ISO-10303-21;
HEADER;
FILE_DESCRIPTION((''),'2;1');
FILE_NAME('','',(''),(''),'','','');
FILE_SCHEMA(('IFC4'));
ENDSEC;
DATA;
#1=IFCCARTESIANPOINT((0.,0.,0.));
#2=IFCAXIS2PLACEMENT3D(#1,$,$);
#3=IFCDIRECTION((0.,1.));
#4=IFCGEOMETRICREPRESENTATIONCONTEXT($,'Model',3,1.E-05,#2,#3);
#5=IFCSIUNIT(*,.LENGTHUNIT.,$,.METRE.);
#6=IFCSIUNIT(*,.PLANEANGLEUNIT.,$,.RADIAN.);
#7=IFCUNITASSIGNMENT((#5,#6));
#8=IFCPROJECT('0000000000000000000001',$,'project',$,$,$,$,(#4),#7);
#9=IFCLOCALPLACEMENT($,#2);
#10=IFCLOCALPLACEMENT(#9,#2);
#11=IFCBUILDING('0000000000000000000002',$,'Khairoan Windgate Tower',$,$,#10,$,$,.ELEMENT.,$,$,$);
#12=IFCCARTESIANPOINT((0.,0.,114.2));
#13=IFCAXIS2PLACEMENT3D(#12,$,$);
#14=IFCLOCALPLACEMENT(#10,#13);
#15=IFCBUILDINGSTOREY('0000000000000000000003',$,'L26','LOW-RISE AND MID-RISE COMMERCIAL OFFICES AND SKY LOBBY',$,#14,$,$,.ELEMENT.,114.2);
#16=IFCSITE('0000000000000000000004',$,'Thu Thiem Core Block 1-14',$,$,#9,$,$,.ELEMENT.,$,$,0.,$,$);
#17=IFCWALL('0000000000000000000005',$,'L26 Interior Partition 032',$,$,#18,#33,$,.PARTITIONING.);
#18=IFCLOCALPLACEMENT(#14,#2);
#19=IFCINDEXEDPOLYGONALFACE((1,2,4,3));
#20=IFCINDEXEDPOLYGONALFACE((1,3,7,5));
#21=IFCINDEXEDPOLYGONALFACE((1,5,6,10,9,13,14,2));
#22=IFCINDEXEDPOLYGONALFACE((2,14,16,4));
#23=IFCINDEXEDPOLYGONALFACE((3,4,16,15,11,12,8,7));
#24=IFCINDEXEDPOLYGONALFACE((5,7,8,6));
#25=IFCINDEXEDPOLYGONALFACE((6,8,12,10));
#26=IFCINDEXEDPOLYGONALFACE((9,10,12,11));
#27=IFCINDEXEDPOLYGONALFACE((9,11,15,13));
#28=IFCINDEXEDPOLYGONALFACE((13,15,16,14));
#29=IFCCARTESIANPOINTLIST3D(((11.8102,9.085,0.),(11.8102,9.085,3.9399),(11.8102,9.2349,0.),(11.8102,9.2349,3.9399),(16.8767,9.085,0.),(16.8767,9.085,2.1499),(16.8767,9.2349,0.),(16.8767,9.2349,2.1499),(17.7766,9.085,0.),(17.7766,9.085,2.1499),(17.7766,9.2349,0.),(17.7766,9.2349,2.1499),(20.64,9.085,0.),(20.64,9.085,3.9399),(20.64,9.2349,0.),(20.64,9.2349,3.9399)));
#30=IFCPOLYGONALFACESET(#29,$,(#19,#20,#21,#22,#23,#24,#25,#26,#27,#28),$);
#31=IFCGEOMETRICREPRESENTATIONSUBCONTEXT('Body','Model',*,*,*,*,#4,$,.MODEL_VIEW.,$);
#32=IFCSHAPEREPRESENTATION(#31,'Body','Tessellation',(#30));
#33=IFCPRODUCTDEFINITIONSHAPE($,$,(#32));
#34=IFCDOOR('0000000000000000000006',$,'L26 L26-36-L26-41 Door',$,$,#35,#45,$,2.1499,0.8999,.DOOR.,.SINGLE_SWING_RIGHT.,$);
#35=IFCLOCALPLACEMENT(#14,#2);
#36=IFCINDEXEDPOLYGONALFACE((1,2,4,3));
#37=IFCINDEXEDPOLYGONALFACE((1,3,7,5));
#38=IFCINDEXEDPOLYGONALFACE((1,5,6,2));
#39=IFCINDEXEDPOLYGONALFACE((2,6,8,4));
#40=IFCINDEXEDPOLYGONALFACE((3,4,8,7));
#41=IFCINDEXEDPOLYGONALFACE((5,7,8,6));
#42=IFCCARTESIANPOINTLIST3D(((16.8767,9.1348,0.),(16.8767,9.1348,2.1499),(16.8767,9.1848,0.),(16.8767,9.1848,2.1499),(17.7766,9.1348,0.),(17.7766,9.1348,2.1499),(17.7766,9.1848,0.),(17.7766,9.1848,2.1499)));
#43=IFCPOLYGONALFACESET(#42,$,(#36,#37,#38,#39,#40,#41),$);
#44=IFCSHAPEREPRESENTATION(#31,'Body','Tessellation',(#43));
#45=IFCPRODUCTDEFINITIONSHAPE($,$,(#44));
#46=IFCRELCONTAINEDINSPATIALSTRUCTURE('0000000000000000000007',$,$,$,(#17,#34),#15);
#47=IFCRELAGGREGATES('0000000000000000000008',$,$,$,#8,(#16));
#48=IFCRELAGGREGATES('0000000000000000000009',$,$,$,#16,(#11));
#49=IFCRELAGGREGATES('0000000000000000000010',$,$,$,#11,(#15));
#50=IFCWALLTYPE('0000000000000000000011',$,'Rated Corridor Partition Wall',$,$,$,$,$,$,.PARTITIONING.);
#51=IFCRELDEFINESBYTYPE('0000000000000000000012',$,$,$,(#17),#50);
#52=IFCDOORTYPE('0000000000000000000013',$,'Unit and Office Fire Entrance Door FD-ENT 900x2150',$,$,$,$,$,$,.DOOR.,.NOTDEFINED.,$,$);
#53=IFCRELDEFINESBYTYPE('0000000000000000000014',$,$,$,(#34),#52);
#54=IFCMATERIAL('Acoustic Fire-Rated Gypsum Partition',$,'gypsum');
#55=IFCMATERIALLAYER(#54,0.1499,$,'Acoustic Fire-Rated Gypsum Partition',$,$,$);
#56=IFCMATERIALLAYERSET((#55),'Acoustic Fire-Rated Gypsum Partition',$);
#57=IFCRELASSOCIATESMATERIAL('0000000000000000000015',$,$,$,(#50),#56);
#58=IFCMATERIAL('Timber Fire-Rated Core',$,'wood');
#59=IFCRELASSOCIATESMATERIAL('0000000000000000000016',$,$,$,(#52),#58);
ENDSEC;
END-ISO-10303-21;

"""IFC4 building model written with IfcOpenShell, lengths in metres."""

from ifc_helpers import new_model, si_unit, direction, frame, frame_2d, origin, place, context, subcontext, project, spatial, rectangle, extrude, material, layer, layer_set, type_object, element, fill, save


model = new_model("IFC4")

# Units and contexts
model_context = context("Model", 3, precision=1e-05, world=origin(), true_north=direction((0.0, 1.0)))
body_context = subcontext(model_context, "Body", "Model", "MODEL_VIEW")
ifc_project = project(units=[si_unit("LENGTHUNIT", "METRE"), si_unit("PLANEANGLEUNIT", "RADIAN")], contexts=[model_context])

# Site, building, storey
site_placement = place(None, origin())
site = spatial("IfcSite", under=ifc_project, at=site_placement, Name="Thu Thiem Core Block 1-14", CompositionType="ELEMENT", RefElevation=0.0)
building_placement = place(site_placement, origin())
building = spatial("IfcBuilding", under=site, at=building_placement, Name="Khairoan Windgate Tower", CompositionType="ELEMENT")
storey_placement = place(building_placement, frame((0.0, 0.0, 114.2)))
storey = spatial("IfcBuildingStorey", under=building, at=storey_placement, Name="L26", Description="LOW-RISE AND MID-RISE COMMERCIAL OFFICES AND SKY LOBBY", CompositionType="ELEMENT", Elevation=114.2)

# Wall, opening, door
ifc_material_1 = material(Name="Acoustic Fire-Rated Gypsum Partition", Category="gypsum")
ifc_layer_1 = layer(ifc_material_1, 0.1499, Name="Acoustic Fire-Rated Gypsum Partition")
ifc_layer_set_1 = layer_set([ifc_layer_1], Name="Acoustic Fire-Rated Gypsum Partition")
wall_type_1 = type_object("IfcWallType", Name="Rated Corridor Partition Wall", PredefinedType="PARTITIONING", material=ifc_layer_set_1)
ifc_material_2 = material(Name="Timber Fire-Rated Core", Category="wood")
door_type = type_object("IfcDoorType", Name="Unit and Office Fire Entrance Door FD-ENT 900x2150", OperationType="NOTDEFINED", PredefinedType="DOOR", material=ifc_material_2)
wall_1_placement = place(storey_placement, frame((11.8101, 9.1599, 0.0), z_axis=(0.0, 0.0, 1.0), x_axis=(1.0, 0.0, 0.0)))
wall_1 = element("IfcWall", 1, at=wall_1_placement, inside=storey, type_object=wall_type_1, Name="L26 Interior Partition 032", PredefinedType="PARTITIONING", context=body_context, shape_type="SweptSolid", body=[
    extrude(rectangle(XDim=8.8298, YDim=0.1499, at=frame_2d((4.415, 0.0))), origin(), (0.0, 0.0, 1.0), 3.9399),
])
opening_1_placement = place(wall_1_placement, frame((5.0667, 0.0, 0.0)))
opening_1 = element("IfcOpeningElement", 2, at=opening_1_placement, cuts=wall_1, PredefinedType="OPENING", context=body_context, shape_type="SweptSolid", body=[
    extrude(rectangle(XDim=0.8999, YDim=2.1499, at=frame_2d((0.45, 1.075))), frame((0.0, 0.085, 0.0), z_axis=(0.0, -1.0, 0.0), x_axis=(1.0, 0.0, 0.0)), (0.0, 0.0, 1.0), 0.1699),
])
door_1_placement = place(opening_1_placement, origin())
door_1 = element("IfcDoor", 3, at=door_1_placement, inside=storey, type_object=door_type, Name="L26 L26-36-L26-41 Door", OperationType="SINGLE_SWING_RIGHT", OverallHeight=2.1499, OverallWidth=0.8999, PredefinedType="DOOR", context=body_context, shape_type="SweptSolid", body=[
    extrude(rectangle(XDim=0.8999, YDim=2.1499, at=frame_2d((0.45, 1.075))), frame((0.0, 0.0249, 0.0), z_axis=(0.0, -1.0, 0.0), x_axis=(1.0, 0.0, 0.0)), (0.0, 0.0, 1.0), 0.05),
])
fill(opening_1, door_1)

save(model, "model.ifc")
